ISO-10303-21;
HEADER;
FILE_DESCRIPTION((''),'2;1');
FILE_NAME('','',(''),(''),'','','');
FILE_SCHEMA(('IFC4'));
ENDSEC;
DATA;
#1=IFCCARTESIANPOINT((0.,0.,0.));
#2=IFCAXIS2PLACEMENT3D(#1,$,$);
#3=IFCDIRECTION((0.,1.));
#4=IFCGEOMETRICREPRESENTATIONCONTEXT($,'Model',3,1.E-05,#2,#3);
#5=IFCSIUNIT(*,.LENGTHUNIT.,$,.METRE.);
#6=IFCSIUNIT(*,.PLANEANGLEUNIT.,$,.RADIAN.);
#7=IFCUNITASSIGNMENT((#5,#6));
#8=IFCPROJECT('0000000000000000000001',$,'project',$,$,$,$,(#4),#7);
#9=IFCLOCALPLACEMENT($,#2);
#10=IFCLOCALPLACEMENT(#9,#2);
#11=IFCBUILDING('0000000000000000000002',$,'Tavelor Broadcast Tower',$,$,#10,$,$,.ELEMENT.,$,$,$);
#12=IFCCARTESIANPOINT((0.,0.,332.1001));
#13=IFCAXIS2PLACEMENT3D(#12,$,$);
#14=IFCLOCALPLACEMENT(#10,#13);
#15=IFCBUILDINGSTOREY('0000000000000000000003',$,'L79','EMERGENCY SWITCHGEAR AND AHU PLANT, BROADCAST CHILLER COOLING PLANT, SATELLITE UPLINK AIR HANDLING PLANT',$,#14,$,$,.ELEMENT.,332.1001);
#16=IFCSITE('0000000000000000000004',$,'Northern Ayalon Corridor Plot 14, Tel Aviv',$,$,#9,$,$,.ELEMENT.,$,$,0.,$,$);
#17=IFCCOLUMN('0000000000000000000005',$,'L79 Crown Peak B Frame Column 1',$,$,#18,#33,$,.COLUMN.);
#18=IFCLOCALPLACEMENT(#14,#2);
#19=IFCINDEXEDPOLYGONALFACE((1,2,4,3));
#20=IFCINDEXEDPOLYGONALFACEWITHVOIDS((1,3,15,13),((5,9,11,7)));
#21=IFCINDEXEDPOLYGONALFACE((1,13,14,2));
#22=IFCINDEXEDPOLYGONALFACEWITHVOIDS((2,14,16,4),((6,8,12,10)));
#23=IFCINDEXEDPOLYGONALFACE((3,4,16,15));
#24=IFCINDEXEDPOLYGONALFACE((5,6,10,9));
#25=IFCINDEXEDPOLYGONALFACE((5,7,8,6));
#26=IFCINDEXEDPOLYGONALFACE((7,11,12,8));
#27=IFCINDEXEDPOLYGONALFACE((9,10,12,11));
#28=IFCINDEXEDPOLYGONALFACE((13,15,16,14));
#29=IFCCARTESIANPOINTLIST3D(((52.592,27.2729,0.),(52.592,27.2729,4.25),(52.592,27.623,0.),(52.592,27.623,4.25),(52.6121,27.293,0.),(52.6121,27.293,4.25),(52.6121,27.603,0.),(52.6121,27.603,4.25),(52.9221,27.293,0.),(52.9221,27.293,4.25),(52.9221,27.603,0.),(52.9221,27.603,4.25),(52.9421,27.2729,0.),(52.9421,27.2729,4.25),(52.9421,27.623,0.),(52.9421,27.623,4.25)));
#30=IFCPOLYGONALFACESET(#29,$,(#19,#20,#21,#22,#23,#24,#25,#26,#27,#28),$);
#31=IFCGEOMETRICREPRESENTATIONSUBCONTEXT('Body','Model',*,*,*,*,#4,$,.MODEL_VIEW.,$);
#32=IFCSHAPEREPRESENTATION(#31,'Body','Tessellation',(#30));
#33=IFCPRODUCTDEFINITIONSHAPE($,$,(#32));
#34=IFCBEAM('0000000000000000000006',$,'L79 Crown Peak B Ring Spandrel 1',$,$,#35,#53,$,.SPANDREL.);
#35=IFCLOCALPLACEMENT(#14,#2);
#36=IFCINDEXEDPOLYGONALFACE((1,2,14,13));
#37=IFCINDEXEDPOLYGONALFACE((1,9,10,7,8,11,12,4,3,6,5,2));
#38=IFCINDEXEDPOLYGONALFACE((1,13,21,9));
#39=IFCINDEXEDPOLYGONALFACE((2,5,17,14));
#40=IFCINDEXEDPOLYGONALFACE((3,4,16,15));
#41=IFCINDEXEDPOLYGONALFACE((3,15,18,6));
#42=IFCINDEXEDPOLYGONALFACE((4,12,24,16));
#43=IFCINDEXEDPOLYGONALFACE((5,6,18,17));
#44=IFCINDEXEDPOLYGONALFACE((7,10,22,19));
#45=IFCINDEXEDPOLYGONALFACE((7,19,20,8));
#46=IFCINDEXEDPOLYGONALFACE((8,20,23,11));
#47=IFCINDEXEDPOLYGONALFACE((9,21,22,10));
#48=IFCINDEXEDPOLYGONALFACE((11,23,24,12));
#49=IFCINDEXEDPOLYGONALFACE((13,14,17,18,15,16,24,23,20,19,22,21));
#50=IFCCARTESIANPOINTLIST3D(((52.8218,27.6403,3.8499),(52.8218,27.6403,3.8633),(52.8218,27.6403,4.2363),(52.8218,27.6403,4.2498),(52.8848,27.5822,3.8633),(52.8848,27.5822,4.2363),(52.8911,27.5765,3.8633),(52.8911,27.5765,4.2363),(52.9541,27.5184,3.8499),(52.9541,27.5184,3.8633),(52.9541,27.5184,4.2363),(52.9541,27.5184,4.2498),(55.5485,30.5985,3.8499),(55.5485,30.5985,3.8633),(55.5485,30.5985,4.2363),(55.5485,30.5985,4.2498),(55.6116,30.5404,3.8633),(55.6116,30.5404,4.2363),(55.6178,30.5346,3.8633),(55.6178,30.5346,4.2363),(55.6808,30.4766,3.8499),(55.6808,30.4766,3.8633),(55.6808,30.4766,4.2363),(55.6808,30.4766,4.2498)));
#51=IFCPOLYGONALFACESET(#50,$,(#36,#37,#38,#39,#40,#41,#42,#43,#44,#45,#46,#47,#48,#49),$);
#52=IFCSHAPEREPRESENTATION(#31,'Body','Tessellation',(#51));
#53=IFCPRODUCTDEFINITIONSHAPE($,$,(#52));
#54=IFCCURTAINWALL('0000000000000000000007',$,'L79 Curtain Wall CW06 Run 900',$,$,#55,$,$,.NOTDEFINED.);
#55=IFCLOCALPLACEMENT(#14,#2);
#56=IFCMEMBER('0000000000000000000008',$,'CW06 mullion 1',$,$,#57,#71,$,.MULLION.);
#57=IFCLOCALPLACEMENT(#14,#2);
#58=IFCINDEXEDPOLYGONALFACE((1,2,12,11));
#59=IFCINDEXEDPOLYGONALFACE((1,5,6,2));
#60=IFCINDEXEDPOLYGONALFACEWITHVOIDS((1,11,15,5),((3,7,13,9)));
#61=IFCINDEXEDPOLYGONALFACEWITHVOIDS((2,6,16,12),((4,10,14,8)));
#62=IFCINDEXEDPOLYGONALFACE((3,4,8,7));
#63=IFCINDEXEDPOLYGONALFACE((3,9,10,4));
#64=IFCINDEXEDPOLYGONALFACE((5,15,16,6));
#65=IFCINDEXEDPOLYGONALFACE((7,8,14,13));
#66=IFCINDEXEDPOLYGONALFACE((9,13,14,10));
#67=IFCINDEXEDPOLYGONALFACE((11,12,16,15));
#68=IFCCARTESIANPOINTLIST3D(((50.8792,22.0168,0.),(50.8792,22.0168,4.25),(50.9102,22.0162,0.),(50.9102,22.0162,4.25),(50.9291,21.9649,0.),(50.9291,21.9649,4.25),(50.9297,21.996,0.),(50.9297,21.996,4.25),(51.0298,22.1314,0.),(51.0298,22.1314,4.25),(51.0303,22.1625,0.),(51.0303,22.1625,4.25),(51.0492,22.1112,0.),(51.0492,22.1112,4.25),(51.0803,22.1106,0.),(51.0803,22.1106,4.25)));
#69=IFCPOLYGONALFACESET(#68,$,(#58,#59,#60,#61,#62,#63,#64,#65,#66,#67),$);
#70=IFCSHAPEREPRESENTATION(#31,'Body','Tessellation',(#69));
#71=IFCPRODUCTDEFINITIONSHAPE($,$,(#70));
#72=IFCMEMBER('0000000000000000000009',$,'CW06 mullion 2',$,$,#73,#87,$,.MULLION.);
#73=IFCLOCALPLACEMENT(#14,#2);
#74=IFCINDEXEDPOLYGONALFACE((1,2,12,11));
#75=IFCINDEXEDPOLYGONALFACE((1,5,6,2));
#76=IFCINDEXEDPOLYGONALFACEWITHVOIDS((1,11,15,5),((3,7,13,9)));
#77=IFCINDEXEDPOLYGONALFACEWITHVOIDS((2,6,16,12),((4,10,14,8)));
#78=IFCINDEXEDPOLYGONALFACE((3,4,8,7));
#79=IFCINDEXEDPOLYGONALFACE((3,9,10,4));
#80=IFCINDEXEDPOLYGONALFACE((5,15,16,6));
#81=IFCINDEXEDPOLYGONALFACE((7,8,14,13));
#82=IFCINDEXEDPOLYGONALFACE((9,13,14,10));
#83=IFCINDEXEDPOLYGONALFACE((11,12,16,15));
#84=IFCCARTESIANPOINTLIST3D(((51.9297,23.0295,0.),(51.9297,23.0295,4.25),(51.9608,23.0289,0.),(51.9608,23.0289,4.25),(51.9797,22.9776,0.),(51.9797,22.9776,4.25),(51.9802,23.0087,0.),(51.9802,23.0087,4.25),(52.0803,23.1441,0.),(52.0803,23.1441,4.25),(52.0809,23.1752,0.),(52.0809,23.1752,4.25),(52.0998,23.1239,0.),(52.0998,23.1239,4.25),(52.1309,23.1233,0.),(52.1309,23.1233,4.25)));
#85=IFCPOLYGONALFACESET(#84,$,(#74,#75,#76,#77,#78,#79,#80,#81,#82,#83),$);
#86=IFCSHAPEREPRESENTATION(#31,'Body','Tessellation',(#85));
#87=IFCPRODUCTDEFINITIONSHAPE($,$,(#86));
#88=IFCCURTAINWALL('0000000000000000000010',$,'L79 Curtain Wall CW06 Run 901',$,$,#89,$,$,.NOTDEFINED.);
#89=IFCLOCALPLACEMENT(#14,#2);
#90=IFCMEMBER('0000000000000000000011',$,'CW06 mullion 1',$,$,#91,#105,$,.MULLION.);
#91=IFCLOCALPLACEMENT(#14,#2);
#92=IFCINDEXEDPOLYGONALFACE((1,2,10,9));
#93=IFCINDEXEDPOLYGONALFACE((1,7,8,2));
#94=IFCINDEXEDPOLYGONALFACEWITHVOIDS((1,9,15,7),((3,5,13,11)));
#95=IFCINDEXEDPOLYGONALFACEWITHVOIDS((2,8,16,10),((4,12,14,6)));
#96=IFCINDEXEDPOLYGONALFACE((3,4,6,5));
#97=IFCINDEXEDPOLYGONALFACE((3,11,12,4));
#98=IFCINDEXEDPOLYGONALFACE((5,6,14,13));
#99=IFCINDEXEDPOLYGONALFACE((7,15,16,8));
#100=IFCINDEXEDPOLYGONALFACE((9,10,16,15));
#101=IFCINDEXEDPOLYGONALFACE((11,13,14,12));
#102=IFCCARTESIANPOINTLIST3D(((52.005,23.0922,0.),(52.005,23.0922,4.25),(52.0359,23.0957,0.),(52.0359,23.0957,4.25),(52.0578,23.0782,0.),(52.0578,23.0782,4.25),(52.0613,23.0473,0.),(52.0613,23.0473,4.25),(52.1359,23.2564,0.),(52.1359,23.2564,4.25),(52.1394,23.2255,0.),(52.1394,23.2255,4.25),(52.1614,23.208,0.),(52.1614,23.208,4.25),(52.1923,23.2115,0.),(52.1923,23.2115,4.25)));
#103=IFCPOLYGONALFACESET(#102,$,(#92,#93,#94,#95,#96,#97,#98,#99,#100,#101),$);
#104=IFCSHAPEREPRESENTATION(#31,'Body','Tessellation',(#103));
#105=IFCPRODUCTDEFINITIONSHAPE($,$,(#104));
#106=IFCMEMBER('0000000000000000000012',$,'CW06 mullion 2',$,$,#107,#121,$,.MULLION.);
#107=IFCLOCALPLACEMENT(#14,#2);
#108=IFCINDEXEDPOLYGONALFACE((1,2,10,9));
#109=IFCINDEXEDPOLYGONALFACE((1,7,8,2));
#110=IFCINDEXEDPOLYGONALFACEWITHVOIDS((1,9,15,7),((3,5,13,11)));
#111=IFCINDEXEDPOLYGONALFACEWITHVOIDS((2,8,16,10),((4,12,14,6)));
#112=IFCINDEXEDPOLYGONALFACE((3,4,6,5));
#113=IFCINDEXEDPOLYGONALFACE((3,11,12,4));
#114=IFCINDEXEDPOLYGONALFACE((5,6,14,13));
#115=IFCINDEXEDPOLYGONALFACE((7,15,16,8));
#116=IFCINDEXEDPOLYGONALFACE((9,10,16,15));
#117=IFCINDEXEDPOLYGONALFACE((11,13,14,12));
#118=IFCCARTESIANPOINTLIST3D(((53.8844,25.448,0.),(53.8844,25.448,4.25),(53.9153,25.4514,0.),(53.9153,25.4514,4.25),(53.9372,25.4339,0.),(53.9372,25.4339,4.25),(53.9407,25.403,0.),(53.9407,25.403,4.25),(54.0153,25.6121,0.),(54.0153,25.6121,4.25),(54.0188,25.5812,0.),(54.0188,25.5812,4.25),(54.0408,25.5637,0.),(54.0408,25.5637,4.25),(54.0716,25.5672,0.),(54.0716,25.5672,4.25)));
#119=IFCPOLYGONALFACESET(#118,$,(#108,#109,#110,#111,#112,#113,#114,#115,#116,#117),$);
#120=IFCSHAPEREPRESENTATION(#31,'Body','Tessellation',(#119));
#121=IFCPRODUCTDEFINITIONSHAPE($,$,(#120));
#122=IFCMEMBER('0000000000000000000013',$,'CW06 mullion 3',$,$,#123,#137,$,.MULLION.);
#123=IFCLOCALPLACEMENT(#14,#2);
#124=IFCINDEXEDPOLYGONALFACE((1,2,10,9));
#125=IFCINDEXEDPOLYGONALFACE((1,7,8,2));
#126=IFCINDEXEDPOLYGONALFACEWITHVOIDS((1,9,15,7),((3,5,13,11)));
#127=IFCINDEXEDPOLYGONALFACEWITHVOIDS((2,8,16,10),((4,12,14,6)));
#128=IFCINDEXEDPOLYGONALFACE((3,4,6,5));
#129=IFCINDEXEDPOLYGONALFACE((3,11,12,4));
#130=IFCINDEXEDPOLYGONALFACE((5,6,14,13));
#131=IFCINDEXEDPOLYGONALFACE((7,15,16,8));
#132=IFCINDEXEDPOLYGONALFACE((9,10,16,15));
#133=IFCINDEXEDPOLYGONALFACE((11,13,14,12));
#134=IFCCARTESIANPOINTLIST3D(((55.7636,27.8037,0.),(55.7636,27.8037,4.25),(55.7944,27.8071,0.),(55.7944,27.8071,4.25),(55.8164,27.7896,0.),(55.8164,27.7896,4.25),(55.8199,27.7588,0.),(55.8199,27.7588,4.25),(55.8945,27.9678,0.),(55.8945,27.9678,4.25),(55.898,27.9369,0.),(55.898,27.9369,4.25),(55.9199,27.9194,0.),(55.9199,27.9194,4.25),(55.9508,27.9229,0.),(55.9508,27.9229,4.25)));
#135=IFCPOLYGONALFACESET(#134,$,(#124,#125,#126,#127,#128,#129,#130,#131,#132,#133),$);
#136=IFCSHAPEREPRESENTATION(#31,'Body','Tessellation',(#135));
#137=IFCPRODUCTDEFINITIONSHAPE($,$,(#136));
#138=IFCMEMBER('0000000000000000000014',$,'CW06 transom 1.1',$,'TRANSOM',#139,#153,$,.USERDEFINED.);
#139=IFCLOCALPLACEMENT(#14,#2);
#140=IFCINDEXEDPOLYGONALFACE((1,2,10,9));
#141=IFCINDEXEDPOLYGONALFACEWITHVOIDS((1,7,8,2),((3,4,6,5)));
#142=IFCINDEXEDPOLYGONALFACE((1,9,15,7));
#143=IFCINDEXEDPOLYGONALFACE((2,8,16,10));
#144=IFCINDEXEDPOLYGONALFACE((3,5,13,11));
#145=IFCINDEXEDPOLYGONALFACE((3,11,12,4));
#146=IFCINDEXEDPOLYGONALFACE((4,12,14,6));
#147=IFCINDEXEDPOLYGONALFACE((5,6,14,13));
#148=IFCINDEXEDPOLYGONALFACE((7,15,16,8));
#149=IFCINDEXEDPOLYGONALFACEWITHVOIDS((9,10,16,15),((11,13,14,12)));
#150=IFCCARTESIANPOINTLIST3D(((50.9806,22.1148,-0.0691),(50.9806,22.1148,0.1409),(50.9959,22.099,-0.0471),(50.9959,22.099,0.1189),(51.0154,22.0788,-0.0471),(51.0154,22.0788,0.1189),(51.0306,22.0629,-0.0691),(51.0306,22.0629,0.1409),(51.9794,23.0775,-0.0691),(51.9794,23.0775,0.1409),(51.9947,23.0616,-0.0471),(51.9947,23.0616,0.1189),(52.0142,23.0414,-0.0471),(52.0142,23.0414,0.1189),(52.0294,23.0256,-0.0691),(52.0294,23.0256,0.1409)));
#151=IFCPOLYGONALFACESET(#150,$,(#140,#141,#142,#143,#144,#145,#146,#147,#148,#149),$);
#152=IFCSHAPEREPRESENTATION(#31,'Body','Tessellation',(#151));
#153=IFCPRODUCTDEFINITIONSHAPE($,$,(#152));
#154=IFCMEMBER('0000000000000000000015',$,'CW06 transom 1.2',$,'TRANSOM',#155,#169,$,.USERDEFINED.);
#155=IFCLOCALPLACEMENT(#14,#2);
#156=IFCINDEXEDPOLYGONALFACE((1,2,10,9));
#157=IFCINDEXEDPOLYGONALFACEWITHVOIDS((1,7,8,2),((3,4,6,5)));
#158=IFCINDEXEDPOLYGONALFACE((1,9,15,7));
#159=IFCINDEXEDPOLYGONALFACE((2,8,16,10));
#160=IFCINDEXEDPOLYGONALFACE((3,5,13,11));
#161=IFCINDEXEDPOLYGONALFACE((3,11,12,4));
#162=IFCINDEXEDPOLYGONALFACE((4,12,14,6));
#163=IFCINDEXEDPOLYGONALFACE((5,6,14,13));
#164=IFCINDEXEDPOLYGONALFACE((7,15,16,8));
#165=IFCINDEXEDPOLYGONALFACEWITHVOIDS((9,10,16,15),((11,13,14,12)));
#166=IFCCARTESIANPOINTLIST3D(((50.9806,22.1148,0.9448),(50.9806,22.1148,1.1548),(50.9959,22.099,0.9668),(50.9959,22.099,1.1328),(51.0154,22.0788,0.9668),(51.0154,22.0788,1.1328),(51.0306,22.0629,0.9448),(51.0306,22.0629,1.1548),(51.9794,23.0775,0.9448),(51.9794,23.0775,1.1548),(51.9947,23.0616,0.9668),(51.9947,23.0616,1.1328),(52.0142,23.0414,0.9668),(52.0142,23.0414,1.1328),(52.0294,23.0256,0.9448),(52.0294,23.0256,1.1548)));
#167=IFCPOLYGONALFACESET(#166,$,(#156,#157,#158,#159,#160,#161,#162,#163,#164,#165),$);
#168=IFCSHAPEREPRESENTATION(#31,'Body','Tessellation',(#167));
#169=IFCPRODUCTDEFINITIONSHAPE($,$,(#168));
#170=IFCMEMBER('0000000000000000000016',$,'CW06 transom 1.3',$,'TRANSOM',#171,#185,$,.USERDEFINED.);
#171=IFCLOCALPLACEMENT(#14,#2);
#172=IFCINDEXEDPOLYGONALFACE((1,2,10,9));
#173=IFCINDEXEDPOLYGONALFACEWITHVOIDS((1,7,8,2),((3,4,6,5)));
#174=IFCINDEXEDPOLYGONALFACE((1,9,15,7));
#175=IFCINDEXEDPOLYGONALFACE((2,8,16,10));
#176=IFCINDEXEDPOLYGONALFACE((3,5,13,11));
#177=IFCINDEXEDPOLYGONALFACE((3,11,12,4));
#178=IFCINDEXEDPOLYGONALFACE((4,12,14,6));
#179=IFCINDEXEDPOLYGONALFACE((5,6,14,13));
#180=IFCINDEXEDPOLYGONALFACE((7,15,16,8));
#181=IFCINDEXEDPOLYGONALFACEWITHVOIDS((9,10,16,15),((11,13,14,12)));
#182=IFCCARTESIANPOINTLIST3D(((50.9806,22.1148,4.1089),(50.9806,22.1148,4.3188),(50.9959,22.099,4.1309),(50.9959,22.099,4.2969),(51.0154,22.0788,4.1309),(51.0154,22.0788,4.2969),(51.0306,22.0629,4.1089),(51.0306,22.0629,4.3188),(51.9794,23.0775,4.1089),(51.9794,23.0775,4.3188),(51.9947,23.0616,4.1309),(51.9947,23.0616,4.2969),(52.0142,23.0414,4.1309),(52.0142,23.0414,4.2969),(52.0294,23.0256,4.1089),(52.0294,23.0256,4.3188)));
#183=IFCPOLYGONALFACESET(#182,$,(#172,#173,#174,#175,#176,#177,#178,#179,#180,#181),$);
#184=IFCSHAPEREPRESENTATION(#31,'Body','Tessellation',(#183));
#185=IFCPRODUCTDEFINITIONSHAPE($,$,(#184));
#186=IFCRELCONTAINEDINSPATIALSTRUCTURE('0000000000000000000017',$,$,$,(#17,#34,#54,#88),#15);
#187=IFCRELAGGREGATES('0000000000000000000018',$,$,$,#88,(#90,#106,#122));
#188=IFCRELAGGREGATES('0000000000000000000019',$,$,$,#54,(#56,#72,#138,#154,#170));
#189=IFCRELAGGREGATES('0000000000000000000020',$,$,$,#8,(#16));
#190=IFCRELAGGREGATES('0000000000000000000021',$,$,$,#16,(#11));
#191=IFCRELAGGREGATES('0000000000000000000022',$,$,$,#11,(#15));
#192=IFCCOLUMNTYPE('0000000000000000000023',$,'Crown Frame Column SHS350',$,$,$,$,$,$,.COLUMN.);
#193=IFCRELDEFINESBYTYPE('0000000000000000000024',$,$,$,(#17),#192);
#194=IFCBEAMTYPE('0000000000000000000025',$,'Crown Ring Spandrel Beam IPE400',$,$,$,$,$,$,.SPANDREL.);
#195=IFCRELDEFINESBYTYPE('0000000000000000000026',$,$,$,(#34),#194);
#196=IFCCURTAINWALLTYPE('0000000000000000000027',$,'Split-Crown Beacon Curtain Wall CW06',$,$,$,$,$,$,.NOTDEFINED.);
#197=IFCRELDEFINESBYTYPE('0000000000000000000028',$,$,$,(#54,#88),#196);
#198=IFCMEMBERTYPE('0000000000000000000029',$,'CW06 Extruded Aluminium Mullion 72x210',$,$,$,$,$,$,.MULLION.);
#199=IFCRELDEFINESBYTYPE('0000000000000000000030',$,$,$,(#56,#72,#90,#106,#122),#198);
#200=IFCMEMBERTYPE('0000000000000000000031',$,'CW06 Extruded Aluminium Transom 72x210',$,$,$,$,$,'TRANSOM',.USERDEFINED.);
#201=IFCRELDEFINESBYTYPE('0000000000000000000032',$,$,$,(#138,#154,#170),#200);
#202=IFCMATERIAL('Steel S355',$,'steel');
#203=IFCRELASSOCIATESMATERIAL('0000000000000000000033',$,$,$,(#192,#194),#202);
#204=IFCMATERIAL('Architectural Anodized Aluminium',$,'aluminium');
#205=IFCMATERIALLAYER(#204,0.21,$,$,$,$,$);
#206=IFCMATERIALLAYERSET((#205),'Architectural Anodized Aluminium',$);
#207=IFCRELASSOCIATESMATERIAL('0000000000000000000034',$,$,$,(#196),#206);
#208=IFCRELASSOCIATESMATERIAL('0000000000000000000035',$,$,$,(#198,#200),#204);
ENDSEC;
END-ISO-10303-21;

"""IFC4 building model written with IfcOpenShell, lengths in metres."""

from ifc_helpers import new_model, si_unit, direction, frame, origin, origin_2d, place, context, subcontext, project, spatial, hollow_rectangle, i_section, extrude, source, transform, mapped, material, layer, layer_set, material_profile, profile_set, type_object, type_shapes, element, aggregate, save


model = new_model("IFC4")

# Units and contexts
model_context = context("Model", 3, precision=1e-05, world=origin(), true_north=direction((0.0, 1.0)))
body_context = subcontext(model_context, "Body", "Model", "MODEL_VIEW")
ifc_project = project(units=[si_unit("LENGTHUNIT", "METRE"), si_unit("PLANEANGLEUNIT", "RADIAN")], contexts=[model_context])

# Site, building, storey
site_placement = place(None, origin())
site = spatial("IfcSite", under=ifc_project, at=site_placement, Name="Northern Ayalon Corridor Plot 14, Tel Aviv", CompositionType="ELEMENT", RefElevation=0.0)
building_placement = place(site_placement, origin())
building = spatial("IfcBuilding", under=site, at=building_placement, Name="Tavelor Broadcast Tower", CompositionType="ELEMENT")
storey_placement = place(building_placement, frame((0.0, 0.0, 332.1001)))
storey = spatial("IfcBuildingStorey", under=building, at=storey_placement, Name="L79", Description="EMERGENCY SWITCHGEAR AND AHU PLANT, BROADCAST CHILLER COOLING PLANT, SATELLITE UPLINK AIR HANDLING PLANT", CompositionType="ELEMENT", Elevation=332.1001)

# Column
ifc_material_1 = material(Name="Steel S355", Category="steel")
ifc_material_profile_1 = material_profile(ifc_material_1, hollow_rectangle(XDim=0.3501, YDim=0.3501, WallThickness=0.02, at=origin_2d()), Name="SHS 350x350x20")
ifc_profile_set_1 = profile_set([ifc_material_profile_1], Name="Steel S355")
column_type = type_object("IfcColumnType", Name="Crown Frame Column SHS350", PredefinedType="COLUMN", material=ifc_profile_set_1)
column_placement = place(storey_placement, frame((52.7671, 27.448, 0.0), z_axis=(0.0, 0.0, 1.0), x_axis=(1.0, 0.0, 0.0)))
element("IfcColumn", 1, at=column_placement, inside=storey, type_object=column_type, Name="L79 Crown Peak B Frame Column 1", PredefinedType="COLUMN", context=body_context, shape_type="SweptSolid", body=[
    extrude(hollow_rectangle(XDim=0.3501, YDim=0.3501, WallThickness=0.02, at=origin_2d()), origin(), (0.0, 0.0, 1.0), 4.25),
])

# Beam
ifc_material_profile_2 = material_profile(ifc_material_1, i_section(OverallWidth=0.1799, OverallDepth=0.3999, WebThickness=0.0085, FlangeThickness=0.0134, at=origin_2d()), Name="IPE 400")
ifc_profile_set_2 = profile_set([ifc_material_profile_2], Name="Steel S355")
beam_type = type_object("IfcBeamType", Name="Crown Ring Spandrel Beam IPE400", PredefinedType="SPANDREL", material=ifc_profile_set_2)
beam_placement = place(storey_placement, frame((52.8879, 27.5793, 4.0498), z_axis=(0.677758, 0.735285, 0.0), x_axis=(-0.735285, 0.677758, 0.0)))
element("IfcBeam", 2, at=beam_placement, inside=storey, type_object=beam_type, Name="L79 Crown Peak B Ring Spandrel 1", PredefinedType="SPANDREL", context=body_context, shape_type="SweptSolid", body=[
    extrude(i_section(OverallWidth=0.1799, OverallDepth=0.3999, WebThickness=0.0085, FlangeThickness=0.0134, at=origin_2d()), origin(), (0.0, 0.0, 1.0), 4.0232),
])

# Curtain walls, members
ifc_material_2 = material(Name="Architectural Anodized Aluminium", Category="aluminium")
ifc_layer_1 = layer(ifc_material_2, 0.21)
ifc_layer_set_1 = layer_set([ifc_layer_1], Name="Architectural Anodized Aluminium")
curtain_wall_type = type_object("IfcCurtainWallType", Name="Split-Crown Beacon Curtain Wall CW06", PredefinedType="NOTDEFINED", material=ifc_layer_set_1)
curtain_wall_1_placement = place(storey_placement, origin())
curtain_wall_1 = element("IfcCurtainWall", 3, at=curtain_wall_1_placement, inside=storey, type_object=curtain_wall_type, Name="L79 Curtain Wall CW06 Run 900", PredefinedType="NOTDEFINED")
ifc_material_profile_3 = material_profile(ifc_material_2, hollow_rectangle(XDim=0.072, YDim=0.21, WallThickness=0.022, at=origin_2d()), Name="RHS 72x210x22")
ifc_profile_set_3 = profile_set([ifc_material_profile_3], Name="Architectural Anodized Aluminium")
member_type_1 = type_object("IfcMemberType", Name="CW06 Extruded Aluminium Mullion 72x210", PredefinedType="MULLION", material=ifc_profile_set_3)
shared_shape_1 = source(origin(), body_context, "Body", "SweptSolid", [
    extrude(hollow_rectangle(XDim=0.072, YDim=0.21, WallThickness=0.022, at=origin_2d()), origin(), (0.0, 0.0, 1.0), 4.25),
])
type_shapes(member_type_1, [shared_shape_1])
member_1_placement = place(storey_placement, frame((50.9797, 22.0637, 0.0), z_axis=(0.0, 0.0, 1.0), x_axis=(-0.693958, 0.720016, 0.0)))
member_1 = element("IfcMember", 4, at=member_1_placement, type_object=member_type_1, Name="CW06 mullion 1", PredefinedType="MULLION", context=body_context, shape_type="MappedRepresentation", body=[
    mapped(shared_shape_1, transform((0.0, 0.0, 0.0), scale=1.0)),
])
member_2_placement = place(storey_placement, frame((52.0303, 23.0764, 0.0), z_axis=(0.0, 0.0, 1.0), x_axis=(-0.693958, 0.720016, 0.0)))
member_2 = element("IfcMember", 5, at=member_2_placement, type_object=member_type_1, Name="CW06 mullion 2", PredefinedType="MULLION", context=body_context, shape_type="MappedRepresentation", body=[
    mapped(shared_shape_1, transform((0.0, 0.0, 0.0), scale=1.0)),
])
curtain_wall_2_placement = place(storey_placement, origin())
curtain_wall_2 = element("IfcCurtainWall", 6, at=curtain_wall_2_placement, inside=storey, type_object=curtain_wall_type, Name="L79 Curtain Wall CW06 Run 901", PredefinedType="NOTDEFINED")
member_3_placement = place(storey_placement, frame((52.0986, 23.1519, 0.0), z_axis=(0.0, 0.0, 1.0), x_axis=(-0.781735, 0.623611, 0.0)))
member_3 = element("IfcMember", 7, at=member_3_placement, type_object=member_type_1, Name="CW06 mullion 1", PredefinedType="MULLION", context=body_context, shape_type="MappedRepresentation", body=[
    mapped(shared_shape_1, transform((0.0, 0.0, 0.0), scale=1.0)),
])
member_4_placement = place(storey_placement, frame((53.978, 25.5076, 0.0), z_axis=(0.0, 0.0, 1.0), x_axis=(-0.781735, 0.623611, 0.0)))
member_4 = element("IfcMember", 8, at=member_4_placement, type_object=member_type_1, Name="CW06 mullion 2", PredefinedType="MULLION", context=body_context, shape_type="MappedRepresentation", body=[
    mapped(shared_shape_1, transform((0.0, 0.0, 0.0), scale=1.0)),
])
member_5_placement = place(storey_placement, frame((55.8572, 27.8633, 0.0), z_axis=(0.0, 0.0, 1.0), x_axis=(-0.781735, 0.623611, 0.0)))
member_5 = element("IfcMember", 9, at=member_5_placement, type_object=member_type_1, Name="CW06 mullion 3", PredefinedType="MULLION", context=body_context, shape_type="MappedRepresentation", body=[
    mapped(shared_shape_1, transform((0.0, 0.0, 0.0), scale=1.0)),
])

# Members
ifc_material_profile_4 = material_profile(ifc_material_2, hollow_rectangle(XDim=0.072, YDim=0.21, WallThickness=0.022, at=origin_2d()), Name="RHS 72x210x22")
ifc_profile_set_4 = profile_set([ifc_material_profile_4], Name="Architectural Anodized Aluminium")
member_type_2 = type_object("IfcMemberType", Name="CW06 Extruded Aluminium Transom 72x210", ElementType="TRANSOM", PredefinedType="USERDEFINED", material=ifc_profile_set_4)
shared_shape_2 = source(origin(), body_context, "Body", "SweptSolid", [
    extrude(hollow_rectangle(XDim=0.072, YDim=0.21, WallThickness=0.022, at=origin_2d()), origin(), (0.0, 0.0, 1.0), 1.3872),
])
member_6_placement = place(storey_placement, frame((51.0056, 22.0889, 0.0359), z_axis=(0.720011, 0.693963, 0.0), x_axis=(-0.693963, 0.720011, 0.0)))
member_6 = element("IfcMember", 10, at=member_6_placement, type_object=member_type_2, Name="CW06 transom 1.1", ObjectType="TRANSOM", PredefinedType="USERDEFINED", context=body_context, shape_type="MappedRepresentation", body=[
    mapped(shared_shape_2, transform((0.0, 0.0, 0.0), scale=1.0)),
])
member_7_placement = place(storey_placement, frame((51.0056, 22.0889, 1.0498), z_axis=(0.720011, 0.693963, 0.0), x_axis=(-0.693963, 0.720011, 0.0)))
member_7 = element("IfcMember", 11, at=member_7_placement, type_object=member_type_2, Name="CW06 transom 1.2", ObjectType="TRANSOM", PredefinedType="USERDEFINED", context=body_context, shape_type="MappedRepresentation", body=[
    mapped(shared_shape_2, transform((0.0, 0.0, 0.0), scale=1.0)),
])
member_8_placement = place(storey_placement, frame((51.0056, 22.0889, 4.2139), z_axis=(0.720011, 0.693963, 0.0), x_axis=(-0.693963, 0.720011, 0.0)))
member_8 = element("IfcMember", 12, at=member_8_placement, type_object=member_type_2, Name="CW06 transom 1.3", ObjectType="TRANSOM", PredefinedType="USERDEFINED", context=body_context, shape_type="MappedRepresentation", body=[
    mapped(shared_shape_2, transform((0.0, 0.0, 0.0), scale=1.0)),
])

aggregate(curtain_wall_2, [member_3, member_4, member_5])
aggregate(curtain_wall_1, [member_1, member_2, member_6, member_7, member_8])

save(model, "model.ifc")
